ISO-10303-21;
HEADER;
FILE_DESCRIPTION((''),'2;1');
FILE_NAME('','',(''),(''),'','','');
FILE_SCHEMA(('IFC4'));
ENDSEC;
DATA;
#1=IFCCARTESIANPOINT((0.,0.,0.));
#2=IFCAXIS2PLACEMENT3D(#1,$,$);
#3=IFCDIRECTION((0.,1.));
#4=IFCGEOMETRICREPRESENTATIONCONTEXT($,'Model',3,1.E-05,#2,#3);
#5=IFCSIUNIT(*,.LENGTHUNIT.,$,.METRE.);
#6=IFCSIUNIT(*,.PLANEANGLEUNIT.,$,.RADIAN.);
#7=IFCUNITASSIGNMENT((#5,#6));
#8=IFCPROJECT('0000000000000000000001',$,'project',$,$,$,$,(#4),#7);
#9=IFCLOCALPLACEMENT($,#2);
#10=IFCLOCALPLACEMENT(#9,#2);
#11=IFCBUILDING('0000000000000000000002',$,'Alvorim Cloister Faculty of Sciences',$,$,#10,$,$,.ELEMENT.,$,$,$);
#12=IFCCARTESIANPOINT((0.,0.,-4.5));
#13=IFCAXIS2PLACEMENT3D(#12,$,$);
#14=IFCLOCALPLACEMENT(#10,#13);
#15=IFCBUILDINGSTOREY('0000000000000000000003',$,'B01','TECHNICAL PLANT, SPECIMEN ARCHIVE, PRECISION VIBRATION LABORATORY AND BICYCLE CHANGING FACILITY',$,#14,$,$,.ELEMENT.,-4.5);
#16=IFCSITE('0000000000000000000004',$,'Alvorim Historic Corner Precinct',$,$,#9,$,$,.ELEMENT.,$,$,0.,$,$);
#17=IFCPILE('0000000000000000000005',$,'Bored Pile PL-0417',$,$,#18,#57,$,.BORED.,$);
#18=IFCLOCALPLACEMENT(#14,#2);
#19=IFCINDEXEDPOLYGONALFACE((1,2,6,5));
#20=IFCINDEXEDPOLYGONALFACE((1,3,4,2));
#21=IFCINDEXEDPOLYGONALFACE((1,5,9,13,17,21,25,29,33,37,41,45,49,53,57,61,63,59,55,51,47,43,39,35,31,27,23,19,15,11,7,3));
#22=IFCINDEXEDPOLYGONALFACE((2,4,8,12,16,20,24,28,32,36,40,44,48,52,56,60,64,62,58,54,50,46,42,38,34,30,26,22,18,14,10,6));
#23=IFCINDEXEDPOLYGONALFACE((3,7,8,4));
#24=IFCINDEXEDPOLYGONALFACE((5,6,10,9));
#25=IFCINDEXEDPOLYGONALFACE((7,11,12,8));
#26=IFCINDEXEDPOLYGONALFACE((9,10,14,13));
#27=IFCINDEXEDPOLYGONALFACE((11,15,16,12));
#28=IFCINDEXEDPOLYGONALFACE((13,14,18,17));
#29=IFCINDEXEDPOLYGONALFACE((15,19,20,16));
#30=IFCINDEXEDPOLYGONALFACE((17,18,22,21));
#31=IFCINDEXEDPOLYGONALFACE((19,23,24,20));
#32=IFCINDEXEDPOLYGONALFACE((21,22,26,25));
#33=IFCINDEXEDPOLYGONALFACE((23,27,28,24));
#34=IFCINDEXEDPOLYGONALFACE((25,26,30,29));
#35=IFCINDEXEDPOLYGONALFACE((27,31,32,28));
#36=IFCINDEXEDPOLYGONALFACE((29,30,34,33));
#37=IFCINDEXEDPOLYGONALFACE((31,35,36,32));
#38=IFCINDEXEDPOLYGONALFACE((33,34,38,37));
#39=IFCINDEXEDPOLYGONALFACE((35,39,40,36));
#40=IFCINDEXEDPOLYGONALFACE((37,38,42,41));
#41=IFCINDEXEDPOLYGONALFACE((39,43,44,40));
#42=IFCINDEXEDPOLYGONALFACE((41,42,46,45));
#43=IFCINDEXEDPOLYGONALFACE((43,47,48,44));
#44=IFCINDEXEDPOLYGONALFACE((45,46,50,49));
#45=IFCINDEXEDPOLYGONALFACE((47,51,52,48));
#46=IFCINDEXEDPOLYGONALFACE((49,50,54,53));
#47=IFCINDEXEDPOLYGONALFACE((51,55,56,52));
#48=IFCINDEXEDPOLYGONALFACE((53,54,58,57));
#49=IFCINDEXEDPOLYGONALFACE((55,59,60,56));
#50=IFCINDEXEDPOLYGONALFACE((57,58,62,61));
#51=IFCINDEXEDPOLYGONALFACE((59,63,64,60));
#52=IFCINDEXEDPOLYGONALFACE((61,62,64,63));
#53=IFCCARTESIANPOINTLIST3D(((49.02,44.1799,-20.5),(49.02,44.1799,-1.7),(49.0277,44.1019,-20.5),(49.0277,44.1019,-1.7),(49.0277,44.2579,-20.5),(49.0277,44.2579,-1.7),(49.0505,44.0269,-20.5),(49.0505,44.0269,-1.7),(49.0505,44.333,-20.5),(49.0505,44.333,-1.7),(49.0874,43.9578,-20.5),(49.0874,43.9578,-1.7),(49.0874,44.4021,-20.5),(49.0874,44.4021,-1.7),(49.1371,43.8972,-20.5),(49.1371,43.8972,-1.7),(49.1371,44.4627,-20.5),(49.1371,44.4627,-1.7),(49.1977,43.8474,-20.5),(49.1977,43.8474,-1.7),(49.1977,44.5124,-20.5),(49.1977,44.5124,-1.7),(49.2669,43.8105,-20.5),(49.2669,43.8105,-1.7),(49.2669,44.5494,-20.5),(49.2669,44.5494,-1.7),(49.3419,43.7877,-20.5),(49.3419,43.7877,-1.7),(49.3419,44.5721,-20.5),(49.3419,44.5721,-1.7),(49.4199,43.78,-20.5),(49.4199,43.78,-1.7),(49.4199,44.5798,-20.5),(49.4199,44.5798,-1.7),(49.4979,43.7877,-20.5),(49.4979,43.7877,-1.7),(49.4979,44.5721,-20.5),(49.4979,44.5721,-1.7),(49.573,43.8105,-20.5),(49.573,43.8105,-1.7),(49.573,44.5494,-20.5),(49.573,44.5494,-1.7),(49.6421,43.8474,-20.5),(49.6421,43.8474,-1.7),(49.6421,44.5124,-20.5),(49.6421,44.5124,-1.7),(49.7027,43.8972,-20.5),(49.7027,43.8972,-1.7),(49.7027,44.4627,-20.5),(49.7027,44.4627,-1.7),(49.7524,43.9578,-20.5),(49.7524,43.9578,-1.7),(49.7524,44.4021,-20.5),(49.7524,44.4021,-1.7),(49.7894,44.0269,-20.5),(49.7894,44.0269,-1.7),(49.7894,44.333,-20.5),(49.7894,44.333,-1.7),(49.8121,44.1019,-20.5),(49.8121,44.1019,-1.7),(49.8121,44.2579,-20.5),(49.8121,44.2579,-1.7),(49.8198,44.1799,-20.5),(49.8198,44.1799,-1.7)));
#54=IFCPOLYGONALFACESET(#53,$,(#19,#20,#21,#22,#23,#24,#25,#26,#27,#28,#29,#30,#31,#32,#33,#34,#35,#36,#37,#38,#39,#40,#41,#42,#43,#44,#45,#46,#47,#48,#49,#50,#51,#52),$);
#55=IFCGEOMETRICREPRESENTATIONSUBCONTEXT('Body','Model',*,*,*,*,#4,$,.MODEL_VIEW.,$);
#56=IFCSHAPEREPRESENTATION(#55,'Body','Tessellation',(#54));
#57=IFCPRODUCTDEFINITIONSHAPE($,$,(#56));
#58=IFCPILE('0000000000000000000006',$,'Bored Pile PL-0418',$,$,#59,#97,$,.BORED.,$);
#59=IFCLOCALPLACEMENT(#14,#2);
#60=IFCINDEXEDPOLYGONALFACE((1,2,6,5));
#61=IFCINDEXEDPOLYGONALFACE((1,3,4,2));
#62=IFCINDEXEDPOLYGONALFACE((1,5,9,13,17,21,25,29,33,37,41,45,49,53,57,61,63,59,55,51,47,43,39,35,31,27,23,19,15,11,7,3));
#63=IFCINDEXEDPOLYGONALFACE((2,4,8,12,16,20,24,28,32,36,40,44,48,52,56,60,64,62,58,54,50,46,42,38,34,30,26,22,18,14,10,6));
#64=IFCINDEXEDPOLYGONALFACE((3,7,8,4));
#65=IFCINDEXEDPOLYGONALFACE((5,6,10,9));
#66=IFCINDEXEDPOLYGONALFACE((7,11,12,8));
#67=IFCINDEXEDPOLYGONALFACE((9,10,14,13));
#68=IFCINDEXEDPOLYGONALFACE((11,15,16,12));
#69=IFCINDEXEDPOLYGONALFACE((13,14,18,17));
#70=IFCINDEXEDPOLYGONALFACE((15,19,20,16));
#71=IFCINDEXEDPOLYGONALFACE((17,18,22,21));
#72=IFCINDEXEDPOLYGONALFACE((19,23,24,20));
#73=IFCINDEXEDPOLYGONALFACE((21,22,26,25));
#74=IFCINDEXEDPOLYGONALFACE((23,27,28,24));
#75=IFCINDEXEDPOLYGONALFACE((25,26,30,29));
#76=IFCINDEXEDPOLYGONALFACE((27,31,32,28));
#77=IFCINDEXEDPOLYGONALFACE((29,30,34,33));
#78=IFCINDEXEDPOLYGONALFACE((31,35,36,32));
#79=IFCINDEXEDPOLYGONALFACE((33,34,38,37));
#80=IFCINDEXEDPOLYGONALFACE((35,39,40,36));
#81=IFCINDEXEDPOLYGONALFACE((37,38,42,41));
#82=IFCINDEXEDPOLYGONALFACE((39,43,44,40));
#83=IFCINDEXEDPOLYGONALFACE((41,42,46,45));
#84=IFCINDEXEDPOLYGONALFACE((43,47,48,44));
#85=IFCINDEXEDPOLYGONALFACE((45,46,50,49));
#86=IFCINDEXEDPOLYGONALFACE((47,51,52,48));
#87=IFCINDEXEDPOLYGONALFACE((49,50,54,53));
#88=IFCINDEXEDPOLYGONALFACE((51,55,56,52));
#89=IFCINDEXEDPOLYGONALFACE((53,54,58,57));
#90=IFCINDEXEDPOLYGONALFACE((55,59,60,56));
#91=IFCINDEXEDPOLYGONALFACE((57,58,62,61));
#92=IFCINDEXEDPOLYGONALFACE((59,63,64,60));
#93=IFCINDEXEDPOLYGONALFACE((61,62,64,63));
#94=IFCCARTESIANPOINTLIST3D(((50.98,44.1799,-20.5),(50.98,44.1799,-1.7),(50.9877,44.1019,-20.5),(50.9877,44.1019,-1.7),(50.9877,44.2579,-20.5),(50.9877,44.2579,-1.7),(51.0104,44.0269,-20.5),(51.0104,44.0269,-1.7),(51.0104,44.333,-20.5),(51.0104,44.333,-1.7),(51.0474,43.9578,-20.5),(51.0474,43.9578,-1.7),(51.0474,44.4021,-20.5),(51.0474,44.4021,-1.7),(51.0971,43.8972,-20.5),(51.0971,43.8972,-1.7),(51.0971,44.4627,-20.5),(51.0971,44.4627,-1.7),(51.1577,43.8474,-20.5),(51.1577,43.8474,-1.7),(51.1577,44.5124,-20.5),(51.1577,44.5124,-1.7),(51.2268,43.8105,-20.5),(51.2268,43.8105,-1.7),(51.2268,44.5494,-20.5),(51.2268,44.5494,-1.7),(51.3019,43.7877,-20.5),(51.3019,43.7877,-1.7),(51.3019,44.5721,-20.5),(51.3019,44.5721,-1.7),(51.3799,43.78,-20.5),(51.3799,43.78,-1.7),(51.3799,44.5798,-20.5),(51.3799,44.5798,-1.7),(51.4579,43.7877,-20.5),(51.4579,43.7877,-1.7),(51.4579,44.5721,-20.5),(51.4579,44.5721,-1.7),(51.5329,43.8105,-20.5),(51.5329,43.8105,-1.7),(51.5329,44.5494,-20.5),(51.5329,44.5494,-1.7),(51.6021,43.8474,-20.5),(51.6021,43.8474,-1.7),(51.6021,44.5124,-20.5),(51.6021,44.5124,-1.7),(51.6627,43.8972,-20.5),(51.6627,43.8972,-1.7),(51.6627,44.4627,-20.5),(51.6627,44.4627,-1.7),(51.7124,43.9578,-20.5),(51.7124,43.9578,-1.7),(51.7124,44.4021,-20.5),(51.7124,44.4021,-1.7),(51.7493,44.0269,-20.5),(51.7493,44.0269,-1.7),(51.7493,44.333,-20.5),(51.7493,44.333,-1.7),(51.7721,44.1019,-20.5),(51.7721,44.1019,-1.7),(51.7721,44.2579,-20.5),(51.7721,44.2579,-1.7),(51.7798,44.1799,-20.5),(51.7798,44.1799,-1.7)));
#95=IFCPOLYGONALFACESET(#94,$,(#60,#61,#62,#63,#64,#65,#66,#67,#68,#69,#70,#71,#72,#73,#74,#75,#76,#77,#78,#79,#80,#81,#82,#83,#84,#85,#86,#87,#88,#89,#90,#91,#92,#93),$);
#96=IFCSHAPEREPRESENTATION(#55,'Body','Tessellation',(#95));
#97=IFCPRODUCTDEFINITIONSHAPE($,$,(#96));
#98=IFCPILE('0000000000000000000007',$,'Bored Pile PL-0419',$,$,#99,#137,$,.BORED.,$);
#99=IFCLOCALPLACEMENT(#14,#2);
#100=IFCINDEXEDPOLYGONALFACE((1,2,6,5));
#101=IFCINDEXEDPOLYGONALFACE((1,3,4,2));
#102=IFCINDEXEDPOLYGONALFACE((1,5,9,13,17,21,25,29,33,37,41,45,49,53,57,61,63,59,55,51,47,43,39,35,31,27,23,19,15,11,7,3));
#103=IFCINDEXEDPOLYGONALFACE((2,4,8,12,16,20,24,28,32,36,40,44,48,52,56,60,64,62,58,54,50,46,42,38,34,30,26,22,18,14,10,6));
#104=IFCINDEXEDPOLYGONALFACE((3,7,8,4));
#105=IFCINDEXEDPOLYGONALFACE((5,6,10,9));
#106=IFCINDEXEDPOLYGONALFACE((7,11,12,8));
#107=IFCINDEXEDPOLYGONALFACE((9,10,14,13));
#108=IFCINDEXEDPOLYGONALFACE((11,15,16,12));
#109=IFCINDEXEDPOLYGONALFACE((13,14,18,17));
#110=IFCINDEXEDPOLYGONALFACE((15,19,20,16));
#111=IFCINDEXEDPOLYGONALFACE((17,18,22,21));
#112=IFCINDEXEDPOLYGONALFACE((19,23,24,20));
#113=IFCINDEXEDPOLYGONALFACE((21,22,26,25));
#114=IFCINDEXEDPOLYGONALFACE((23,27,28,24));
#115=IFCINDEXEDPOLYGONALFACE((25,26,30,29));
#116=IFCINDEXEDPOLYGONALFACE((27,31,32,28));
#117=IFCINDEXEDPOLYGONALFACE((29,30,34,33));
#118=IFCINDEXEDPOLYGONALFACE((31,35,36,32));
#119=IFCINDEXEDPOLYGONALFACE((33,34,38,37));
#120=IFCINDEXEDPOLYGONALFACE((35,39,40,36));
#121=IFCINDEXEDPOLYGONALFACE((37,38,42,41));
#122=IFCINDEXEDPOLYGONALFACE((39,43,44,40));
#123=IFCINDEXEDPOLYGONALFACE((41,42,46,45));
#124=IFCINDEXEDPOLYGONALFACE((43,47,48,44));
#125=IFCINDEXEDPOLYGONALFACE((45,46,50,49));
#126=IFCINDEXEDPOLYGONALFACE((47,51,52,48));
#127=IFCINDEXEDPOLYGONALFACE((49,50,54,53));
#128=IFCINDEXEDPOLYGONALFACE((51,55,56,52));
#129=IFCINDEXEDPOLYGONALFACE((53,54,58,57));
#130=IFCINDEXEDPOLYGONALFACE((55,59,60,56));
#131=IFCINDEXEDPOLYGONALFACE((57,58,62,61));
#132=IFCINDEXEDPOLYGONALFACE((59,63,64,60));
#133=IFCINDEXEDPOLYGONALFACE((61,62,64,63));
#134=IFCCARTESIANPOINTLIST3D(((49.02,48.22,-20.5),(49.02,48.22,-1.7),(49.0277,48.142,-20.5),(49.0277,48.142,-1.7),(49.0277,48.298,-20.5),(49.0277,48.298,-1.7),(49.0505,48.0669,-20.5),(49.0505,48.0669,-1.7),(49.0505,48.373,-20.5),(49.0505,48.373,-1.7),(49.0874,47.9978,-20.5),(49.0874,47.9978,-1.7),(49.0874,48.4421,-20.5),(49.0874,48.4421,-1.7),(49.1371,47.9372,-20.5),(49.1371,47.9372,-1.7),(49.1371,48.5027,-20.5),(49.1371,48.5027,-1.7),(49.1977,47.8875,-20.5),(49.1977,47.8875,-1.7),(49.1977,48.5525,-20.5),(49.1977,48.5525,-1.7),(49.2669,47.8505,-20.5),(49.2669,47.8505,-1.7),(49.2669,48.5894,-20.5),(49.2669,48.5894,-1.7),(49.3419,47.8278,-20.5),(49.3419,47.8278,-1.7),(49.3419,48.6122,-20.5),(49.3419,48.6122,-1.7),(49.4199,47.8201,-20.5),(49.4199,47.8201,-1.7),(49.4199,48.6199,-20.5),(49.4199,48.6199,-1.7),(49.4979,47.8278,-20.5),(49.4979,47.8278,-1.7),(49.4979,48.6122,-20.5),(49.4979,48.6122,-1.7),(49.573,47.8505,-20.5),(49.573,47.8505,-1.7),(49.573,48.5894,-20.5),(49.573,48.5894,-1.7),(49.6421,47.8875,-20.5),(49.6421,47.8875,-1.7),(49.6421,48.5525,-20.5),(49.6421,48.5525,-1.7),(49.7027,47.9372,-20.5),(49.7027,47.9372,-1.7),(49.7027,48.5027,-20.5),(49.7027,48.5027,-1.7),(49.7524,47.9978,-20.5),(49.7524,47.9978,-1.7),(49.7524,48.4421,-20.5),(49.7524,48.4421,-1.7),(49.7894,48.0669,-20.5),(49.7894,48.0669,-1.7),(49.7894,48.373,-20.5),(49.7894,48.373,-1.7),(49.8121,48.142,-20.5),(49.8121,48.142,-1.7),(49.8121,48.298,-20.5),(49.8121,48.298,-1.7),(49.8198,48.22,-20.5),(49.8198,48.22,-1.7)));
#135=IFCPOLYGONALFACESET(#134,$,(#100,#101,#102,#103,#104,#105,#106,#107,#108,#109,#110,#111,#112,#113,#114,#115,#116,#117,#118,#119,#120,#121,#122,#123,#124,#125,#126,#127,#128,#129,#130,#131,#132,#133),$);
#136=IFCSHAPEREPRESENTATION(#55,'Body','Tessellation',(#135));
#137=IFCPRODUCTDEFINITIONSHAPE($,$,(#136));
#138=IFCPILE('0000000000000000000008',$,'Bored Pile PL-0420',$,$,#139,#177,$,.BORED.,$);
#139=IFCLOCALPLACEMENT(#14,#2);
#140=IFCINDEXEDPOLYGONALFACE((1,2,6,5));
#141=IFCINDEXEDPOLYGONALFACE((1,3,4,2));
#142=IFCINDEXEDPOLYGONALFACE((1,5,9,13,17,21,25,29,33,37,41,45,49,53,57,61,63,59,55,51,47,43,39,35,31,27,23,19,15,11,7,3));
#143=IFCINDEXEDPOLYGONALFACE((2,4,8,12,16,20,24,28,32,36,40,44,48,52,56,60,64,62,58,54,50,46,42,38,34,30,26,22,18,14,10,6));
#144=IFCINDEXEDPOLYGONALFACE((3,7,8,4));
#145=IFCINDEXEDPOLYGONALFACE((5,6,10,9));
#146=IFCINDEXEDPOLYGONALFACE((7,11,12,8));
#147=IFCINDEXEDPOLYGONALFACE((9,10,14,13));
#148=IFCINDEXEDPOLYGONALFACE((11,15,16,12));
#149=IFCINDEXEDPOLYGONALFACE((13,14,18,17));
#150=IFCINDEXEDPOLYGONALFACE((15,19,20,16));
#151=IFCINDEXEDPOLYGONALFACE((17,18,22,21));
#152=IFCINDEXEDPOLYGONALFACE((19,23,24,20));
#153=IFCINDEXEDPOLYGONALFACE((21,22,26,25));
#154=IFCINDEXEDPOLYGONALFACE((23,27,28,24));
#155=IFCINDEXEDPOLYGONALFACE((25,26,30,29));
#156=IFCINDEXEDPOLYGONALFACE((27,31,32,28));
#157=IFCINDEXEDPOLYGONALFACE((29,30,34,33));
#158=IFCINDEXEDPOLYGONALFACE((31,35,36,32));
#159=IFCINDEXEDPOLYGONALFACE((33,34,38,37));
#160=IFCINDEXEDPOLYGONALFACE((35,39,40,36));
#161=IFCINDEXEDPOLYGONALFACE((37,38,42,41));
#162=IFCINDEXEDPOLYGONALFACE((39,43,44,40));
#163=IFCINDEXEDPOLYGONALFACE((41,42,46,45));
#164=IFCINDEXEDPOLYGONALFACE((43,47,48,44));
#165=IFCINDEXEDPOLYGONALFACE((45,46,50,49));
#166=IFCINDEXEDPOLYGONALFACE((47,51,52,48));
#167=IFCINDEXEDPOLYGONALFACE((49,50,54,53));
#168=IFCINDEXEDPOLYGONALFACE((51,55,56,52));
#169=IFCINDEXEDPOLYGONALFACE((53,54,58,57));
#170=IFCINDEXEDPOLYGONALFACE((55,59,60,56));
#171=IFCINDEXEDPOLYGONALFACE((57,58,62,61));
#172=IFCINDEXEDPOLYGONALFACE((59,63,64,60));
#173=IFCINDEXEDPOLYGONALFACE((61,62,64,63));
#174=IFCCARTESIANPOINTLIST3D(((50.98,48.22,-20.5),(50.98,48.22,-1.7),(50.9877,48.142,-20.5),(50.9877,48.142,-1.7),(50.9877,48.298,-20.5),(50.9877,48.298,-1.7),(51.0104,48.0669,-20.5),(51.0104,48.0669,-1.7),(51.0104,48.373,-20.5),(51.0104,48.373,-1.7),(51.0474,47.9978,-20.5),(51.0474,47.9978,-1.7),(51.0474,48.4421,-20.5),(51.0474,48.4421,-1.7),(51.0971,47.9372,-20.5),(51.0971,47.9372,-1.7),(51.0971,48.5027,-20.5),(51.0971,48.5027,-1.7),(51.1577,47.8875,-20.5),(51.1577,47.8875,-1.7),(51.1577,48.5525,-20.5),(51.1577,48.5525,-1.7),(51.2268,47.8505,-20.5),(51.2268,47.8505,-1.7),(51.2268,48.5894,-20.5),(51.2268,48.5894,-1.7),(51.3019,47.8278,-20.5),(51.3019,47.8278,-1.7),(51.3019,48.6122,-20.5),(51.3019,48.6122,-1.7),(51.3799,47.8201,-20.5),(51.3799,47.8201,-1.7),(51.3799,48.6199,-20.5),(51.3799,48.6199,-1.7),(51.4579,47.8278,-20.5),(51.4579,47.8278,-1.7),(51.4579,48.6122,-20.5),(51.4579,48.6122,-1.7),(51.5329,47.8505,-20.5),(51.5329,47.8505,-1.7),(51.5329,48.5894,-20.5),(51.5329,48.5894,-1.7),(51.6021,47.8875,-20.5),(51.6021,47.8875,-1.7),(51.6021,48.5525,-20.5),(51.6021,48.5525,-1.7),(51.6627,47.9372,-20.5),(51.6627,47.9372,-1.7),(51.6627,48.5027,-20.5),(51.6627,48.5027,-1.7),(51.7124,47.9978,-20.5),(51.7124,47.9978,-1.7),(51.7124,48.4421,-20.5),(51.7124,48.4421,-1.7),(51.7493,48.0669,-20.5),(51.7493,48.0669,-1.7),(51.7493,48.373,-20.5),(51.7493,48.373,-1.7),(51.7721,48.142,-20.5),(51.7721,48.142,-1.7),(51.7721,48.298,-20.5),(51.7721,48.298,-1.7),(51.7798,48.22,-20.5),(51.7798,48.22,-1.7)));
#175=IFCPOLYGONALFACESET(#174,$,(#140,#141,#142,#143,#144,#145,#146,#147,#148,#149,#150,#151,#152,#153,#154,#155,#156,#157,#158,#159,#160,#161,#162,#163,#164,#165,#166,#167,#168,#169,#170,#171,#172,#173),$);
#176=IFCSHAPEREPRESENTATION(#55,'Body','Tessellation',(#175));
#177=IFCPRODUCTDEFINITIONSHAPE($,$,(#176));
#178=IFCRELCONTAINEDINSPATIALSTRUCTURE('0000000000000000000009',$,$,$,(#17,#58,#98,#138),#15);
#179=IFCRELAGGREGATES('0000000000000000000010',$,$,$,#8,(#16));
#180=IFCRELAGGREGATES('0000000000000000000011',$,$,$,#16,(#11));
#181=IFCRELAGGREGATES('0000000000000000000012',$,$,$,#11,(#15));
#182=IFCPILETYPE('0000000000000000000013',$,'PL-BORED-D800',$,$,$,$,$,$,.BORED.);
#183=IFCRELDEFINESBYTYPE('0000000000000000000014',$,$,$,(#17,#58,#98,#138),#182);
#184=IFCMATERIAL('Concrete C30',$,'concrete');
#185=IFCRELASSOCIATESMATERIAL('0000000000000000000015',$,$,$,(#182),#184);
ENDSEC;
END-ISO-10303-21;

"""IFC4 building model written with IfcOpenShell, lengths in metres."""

from ifc_helpers import new_model, si_unit, direction, frame, origin, origin_2d, place, context, subcontext, project, spatial, circle, extrude, material, material_profile, profile_set, type_object, element, save


model = new_model("IFC4")

# Units and contexts
model_context = context("Model", 3, precision=1e-05, world=origin(), true_north=direction((0.0, 1.0)))
body_context = subcontext(model_context, "Body", "Model", "MODEL_VIEW")
ifc_project = project(units=[si_unit("LENGTHUNIT", "METRE"), si_unit("PLANEANGLEUNIT", "RADIAN")], contexts=[model_context])

# Site, building, storey
site_placement = place(None, origin())
site = spatial("IfcSite", under=ifc_project, at=site_placement, Name="Alvorim Historic Corner Precinct", CompositionType="ELEMENT", RefElevation=0.0)
building_placement = place(site_placement, origin())
building = spatial("IfcBuilding", under=site, at=building_placement, Name="Alvorim Cloister Faculty of Sciences", CompositionType="ELEMENT")
storey_placement = place(building_placement, frame((0.0, 0.0, -4.5)))
storey = spatial("IfcBuildingStorey", under=building, at=storey_placement, Name="B01", Description="TECHNICAL PLANT, SPECIMEN ARCHIVE, PRECISION VIBRATION LABORATORY AND BICYCLE CHANGING FACILITY", CompositionType="ELEMENT", Elevation=-4.5)

# Piles
ifc_material_1 = material(Name="Concrete C30", Category="concrete")
ifc_material_profile_1 = material_profile(ifc_material_1, circle(Radius=0.3999, at=origin_2d()), Name="PILE-D800")
ifc_profile_set_1 = profile_set([ifc_material_profile_1], Name="Concrete C30")
pile_type = type_object("IfcPileType", Name="PL-BORED-D800", PredefinedType="BORED", material=ifc_profile_set_1)
for number, where, z_axis, x_axis, name in (
    (1, (49.4199, 44.1799, -1.7), (0.0, 0.0, -1.0), (1.0, 0.0, 0.0), "Bored Pile PL-0417"),
    (2, (51.3799, 44.1799, -1.7), (0.0, 0.0, -1.0), (1.0, 0.0, 0.0), "Bored Pile PL-0418"),
    (3, (49.4199, 48.22, -1.7), (0.0, 0.0, -1.0), (1.0, 0.0, 0.0), "Bored Pile PL-0419"),
    (4, (51.3799, 48.22, -1.7), (0.0, 0.0, -1.0), (1.0, 0.0, 0.0), "Bored Pile PL-0420"),
):
    element("IfcPile", number, at=place(storey_placement, frame(where, z_axis=z_axis, x_axis=x_axis)), inside=storey, type_object=pile_type, Name=name, PredefinedType="BORED", context=body_context, shape_type="SweptSolid", body=[
        extrude(circle(Radius=0.3999, at=origin_2d()), origin(), (0.0, 0.0, 1.0), 18.8),
    ])

save(model, "model.ifc")
